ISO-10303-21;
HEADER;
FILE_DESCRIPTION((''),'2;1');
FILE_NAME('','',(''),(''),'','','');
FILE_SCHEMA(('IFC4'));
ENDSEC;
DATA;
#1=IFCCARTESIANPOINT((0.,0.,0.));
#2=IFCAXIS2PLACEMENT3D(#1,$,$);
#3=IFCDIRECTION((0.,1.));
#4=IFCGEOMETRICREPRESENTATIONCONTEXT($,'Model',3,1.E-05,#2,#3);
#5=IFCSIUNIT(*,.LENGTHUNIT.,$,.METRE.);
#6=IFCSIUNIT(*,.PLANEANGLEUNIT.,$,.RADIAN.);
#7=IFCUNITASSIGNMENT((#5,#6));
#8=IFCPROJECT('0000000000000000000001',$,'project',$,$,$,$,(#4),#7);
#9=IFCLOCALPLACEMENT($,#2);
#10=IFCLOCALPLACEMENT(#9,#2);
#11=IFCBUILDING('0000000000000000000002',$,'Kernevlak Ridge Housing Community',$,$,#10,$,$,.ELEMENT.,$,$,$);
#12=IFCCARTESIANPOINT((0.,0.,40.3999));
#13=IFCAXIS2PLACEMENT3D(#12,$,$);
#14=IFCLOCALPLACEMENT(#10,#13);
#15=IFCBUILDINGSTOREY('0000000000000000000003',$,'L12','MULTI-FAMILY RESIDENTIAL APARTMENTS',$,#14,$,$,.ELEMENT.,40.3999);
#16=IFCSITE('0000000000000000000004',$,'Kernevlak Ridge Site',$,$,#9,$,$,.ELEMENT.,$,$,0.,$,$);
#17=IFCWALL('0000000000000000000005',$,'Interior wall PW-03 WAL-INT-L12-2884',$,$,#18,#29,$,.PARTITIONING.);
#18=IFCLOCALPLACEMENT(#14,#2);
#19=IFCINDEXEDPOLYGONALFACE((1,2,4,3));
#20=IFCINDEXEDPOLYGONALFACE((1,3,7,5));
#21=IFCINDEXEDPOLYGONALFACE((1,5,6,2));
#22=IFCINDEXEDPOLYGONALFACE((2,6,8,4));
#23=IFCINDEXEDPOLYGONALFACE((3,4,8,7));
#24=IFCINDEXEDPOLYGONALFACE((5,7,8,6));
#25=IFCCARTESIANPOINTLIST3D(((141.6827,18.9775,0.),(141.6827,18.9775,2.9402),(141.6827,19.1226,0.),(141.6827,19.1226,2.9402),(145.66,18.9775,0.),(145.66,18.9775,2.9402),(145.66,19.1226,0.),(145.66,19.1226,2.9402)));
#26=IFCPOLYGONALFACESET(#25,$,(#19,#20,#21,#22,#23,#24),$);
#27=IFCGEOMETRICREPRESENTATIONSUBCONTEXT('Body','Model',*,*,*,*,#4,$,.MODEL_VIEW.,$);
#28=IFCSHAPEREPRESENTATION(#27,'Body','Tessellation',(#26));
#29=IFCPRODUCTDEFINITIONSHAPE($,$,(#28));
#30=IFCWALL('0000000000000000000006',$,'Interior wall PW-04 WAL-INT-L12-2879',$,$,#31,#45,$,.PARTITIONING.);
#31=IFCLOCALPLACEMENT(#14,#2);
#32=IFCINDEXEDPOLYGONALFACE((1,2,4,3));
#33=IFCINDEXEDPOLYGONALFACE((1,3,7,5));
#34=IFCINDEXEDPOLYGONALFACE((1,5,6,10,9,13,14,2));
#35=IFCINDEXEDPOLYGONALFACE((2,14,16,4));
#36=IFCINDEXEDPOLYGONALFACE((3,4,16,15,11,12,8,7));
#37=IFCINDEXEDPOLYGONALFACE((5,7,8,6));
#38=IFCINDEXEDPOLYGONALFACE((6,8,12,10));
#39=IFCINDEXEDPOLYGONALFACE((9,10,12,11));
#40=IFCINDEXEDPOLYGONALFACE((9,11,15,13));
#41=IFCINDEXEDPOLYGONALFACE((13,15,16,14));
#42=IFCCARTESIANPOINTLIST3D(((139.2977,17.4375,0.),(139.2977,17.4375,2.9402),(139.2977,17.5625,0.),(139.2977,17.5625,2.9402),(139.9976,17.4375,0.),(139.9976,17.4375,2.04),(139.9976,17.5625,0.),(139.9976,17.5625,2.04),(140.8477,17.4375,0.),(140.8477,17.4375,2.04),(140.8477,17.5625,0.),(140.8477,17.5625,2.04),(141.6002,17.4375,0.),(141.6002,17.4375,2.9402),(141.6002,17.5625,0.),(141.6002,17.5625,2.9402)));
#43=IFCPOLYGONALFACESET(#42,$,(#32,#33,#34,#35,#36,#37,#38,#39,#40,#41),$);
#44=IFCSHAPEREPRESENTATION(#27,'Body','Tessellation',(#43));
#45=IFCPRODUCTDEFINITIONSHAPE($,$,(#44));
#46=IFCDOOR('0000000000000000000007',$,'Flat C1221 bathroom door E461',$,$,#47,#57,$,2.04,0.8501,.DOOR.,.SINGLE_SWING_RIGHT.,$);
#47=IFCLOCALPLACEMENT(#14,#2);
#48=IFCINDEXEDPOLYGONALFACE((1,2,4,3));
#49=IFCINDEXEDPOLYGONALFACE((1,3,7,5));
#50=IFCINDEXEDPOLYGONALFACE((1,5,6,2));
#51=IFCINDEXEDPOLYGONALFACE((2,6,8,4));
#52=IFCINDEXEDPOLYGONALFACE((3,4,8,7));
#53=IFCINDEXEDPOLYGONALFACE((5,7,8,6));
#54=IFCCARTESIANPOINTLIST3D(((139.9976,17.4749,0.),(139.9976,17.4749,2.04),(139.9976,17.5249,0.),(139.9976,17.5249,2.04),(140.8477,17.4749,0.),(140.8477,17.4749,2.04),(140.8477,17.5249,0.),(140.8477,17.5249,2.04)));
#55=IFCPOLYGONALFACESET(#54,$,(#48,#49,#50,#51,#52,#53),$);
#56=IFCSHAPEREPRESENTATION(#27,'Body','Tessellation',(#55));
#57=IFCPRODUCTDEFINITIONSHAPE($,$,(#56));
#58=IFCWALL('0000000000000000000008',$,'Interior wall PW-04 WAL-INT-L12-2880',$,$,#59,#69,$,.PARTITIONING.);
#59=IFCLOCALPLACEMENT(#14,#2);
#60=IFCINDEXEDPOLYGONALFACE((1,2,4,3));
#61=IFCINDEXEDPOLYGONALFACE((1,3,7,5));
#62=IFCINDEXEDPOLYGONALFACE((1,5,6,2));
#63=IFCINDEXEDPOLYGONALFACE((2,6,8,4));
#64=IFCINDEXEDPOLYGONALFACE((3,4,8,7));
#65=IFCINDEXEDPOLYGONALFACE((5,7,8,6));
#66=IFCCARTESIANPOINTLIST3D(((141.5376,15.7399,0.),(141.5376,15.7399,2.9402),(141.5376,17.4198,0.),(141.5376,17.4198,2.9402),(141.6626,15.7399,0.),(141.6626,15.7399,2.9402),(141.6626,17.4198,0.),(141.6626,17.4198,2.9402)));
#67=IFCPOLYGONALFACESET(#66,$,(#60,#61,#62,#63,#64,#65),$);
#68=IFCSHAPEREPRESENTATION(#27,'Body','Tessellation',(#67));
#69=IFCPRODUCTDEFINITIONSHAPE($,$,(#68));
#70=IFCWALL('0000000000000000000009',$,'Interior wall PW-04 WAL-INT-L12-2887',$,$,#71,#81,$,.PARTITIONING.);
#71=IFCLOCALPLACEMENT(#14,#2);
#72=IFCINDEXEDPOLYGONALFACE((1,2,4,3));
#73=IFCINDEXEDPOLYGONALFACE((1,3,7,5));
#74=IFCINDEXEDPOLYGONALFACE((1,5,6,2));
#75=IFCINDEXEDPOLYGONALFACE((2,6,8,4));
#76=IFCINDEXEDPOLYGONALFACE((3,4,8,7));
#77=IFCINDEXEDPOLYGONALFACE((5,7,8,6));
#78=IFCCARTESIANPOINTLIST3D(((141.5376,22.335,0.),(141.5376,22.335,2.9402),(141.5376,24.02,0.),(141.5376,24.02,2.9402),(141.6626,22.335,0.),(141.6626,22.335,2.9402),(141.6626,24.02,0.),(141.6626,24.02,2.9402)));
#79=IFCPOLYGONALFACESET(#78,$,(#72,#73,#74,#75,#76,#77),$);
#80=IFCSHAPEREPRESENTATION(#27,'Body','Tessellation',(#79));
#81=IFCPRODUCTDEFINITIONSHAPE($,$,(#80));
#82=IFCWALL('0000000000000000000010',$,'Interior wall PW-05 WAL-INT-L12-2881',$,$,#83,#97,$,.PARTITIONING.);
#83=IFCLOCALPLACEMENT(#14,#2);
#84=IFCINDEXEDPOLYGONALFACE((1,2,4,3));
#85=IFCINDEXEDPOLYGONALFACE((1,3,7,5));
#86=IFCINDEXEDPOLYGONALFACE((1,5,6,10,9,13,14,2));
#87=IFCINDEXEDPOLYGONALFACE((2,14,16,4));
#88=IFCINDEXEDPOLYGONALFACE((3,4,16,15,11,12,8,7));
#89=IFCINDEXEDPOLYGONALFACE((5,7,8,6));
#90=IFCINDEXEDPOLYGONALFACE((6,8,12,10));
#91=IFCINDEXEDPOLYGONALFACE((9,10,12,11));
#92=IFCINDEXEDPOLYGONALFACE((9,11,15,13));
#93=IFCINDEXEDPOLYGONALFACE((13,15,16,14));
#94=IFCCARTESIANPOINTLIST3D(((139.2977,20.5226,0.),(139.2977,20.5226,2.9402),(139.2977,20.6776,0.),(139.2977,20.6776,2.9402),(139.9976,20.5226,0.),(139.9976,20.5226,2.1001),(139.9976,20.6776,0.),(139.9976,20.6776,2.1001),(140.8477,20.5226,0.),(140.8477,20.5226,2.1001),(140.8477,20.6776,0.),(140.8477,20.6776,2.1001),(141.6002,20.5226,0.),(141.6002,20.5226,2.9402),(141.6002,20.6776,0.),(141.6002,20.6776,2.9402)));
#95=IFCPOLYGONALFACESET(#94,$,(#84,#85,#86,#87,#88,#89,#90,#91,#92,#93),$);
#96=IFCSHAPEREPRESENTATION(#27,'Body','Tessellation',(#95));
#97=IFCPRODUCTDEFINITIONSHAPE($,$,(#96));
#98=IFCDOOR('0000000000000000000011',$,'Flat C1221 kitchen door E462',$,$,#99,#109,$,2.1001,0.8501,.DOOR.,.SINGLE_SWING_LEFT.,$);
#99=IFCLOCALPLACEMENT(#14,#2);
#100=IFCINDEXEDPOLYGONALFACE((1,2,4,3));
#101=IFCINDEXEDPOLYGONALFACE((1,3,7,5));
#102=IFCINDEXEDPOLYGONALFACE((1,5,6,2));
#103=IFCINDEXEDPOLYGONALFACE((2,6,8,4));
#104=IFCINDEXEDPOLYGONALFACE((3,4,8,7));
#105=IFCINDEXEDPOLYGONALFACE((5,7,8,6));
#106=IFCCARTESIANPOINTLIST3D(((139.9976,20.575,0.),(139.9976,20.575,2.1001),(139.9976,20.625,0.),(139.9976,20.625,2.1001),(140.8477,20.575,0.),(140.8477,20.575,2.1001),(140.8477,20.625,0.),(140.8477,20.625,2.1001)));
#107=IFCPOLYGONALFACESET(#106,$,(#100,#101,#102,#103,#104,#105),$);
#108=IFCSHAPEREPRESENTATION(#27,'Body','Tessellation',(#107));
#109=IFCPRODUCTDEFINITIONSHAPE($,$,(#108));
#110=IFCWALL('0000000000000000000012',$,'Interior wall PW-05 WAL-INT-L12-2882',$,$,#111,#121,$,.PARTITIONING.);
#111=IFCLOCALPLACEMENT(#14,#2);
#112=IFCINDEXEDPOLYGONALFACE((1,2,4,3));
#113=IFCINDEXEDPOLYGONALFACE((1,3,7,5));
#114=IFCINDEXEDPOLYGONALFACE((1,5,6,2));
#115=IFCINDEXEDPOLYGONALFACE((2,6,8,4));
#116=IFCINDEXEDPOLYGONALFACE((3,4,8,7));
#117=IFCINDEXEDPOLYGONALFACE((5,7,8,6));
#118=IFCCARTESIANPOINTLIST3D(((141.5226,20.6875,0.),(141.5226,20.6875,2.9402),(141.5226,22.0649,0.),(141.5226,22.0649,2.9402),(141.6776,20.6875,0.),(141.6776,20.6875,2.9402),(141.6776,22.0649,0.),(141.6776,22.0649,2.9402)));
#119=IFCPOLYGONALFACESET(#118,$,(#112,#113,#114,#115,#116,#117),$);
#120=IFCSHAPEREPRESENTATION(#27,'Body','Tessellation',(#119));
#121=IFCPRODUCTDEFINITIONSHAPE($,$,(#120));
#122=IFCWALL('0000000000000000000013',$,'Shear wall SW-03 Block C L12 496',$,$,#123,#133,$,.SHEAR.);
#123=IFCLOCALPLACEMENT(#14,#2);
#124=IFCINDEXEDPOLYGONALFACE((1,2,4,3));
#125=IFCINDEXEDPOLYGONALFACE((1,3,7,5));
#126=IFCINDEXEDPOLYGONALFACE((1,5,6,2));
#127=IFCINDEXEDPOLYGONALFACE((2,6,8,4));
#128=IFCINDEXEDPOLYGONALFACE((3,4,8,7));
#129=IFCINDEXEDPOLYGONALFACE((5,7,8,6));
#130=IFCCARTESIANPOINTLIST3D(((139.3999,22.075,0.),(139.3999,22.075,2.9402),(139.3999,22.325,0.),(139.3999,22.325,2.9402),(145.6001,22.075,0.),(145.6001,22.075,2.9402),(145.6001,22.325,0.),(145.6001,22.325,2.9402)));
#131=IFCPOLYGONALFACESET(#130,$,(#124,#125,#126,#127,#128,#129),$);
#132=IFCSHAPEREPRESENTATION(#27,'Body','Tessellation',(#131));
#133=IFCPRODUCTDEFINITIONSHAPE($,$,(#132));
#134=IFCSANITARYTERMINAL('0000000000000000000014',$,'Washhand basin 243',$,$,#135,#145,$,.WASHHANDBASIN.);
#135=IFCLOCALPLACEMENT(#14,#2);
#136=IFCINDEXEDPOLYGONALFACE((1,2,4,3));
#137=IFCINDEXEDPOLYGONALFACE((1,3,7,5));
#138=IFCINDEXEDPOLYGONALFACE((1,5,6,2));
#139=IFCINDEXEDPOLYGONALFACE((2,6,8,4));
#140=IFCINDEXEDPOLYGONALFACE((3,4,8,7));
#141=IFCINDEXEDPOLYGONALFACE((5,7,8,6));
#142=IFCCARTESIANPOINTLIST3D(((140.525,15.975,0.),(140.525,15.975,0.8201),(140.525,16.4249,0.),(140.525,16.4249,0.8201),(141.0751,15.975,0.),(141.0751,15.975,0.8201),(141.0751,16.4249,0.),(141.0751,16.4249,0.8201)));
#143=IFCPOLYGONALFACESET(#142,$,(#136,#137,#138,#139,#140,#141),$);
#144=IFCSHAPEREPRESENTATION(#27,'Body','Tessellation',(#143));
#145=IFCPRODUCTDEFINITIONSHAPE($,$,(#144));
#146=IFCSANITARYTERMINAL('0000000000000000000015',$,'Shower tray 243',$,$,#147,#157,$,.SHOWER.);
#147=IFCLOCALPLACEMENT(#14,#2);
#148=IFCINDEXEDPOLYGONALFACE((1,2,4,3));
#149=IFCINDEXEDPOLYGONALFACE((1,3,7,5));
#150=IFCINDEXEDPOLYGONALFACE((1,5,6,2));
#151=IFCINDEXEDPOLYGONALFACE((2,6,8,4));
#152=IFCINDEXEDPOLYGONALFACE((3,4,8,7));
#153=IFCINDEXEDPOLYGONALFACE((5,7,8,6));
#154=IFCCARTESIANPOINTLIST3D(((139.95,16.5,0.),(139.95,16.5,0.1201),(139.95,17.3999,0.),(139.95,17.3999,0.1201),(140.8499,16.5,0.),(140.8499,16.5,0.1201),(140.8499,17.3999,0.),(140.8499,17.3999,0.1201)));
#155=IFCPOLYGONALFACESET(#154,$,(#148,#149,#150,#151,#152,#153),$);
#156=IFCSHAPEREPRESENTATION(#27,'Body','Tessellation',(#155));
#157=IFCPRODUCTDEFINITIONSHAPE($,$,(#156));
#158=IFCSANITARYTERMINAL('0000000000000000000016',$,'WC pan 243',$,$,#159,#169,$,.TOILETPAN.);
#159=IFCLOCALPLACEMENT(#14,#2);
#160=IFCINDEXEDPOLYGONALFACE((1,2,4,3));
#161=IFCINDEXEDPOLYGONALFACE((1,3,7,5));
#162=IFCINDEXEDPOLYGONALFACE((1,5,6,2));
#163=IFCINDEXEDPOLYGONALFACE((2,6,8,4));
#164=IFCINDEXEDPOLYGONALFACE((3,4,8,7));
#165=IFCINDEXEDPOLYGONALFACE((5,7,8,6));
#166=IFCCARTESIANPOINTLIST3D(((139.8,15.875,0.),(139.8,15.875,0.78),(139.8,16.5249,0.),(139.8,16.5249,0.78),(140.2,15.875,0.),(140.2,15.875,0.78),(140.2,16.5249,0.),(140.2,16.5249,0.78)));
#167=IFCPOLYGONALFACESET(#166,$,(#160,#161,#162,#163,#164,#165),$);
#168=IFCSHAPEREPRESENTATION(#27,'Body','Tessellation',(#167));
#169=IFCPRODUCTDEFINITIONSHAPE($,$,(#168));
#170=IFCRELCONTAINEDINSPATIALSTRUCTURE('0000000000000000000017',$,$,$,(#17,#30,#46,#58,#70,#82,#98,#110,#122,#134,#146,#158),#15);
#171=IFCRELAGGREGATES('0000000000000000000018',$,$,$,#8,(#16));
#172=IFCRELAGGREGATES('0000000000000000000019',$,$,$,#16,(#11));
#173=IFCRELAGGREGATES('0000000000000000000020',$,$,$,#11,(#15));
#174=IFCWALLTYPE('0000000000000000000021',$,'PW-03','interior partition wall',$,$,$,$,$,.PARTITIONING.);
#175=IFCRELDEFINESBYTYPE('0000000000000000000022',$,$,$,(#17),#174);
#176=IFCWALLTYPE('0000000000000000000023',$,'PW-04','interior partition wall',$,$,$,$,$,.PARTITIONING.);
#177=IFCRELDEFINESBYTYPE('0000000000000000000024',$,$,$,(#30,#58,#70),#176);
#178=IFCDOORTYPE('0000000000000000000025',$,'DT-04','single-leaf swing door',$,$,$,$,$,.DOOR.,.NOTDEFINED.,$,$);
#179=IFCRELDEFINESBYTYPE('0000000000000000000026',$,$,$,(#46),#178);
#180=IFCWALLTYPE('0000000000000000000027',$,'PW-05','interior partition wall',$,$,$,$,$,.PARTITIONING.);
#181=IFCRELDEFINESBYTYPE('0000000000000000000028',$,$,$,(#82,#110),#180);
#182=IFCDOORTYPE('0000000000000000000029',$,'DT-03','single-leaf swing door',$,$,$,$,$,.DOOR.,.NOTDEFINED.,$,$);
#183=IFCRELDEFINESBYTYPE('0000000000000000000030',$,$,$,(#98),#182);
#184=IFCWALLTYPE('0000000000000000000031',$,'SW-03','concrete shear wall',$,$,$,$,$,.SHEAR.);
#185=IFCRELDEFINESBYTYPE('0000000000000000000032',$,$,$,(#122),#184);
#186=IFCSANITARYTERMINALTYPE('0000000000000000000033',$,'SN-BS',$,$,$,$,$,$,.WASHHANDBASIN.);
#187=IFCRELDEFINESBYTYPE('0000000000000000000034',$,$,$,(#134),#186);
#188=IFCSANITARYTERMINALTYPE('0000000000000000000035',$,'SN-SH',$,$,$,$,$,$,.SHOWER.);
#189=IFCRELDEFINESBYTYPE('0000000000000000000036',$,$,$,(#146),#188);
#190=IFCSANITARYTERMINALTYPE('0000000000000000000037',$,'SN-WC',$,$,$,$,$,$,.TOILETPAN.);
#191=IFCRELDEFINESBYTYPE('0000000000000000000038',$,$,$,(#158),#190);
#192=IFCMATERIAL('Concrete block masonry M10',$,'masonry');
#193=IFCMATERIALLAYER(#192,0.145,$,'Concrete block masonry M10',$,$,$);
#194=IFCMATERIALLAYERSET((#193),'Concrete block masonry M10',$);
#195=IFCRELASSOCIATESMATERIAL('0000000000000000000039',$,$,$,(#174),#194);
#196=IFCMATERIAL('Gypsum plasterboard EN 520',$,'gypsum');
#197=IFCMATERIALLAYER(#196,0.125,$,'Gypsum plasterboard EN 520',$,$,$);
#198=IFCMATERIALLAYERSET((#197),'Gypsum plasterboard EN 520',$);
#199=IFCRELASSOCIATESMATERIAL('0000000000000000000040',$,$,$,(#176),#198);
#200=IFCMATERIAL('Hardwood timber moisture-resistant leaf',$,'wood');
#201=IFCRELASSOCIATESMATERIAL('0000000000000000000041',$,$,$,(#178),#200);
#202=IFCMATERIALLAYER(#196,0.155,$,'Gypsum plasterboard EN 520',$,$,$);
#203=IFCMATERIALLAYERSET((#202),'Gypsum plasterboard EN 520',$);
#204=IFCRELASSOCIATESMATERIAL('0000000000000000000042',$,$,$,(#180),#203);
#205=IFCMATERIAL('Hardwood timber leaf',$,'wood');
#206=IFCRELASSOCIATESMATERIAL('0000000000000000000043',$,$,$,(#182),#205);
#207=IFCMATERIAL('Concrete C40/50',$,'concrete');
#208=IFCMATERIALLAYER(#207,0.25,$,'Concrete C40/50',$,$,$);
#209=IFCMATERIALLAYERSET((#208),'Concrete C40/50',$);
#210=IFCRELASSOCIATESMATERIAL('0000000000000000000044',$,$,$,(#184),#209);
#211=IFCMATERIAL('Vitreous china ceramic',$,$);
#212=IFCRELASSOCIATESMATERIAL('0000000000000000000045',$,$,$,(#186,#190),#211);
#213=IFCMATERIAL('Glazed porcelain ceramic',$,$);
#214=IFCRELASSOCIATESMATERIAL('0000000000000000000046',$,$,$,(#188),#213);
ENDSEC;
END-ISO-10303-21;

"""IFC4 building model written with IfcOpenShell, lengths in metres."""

from ifc_helpers import new_model, si_unit, direction, frame, frame_2d, origin, origin_2d, place, context, subcontext, project, spatial, rectangle, extrude, material, layer, layer_set, type_object, element, fill, save


model = new_model("IFC4")

# Units and contexts
model_context = context("Model", 3, precision=1e-05, world=origin(), true_north=direction((0.0, 1.0)))
body_context = subcontext(model_context, "Body", "Model", "MODEL_VIEW")
ifc_project = project(units=[si_unit("LENGTHUNIT", "METRE"), si_unit("PLANEANGLEUNIT", "RADIAN")], contexts=[model_context])

# Site, building, storey
site_placement = place(None, origin())
site = spatial("IfcSite", under=ifc_project, at=site_placement, Name="Kernevlak Ridge Site", CompositionType="ELEMENT", RefElevation=0.0)
building_placement = place(site_placement, origin())
building = spatial("IfcBuilding", under=site, at=building_placement, Name="Kernevlak Ridge Housing Community", CompositionType="ELEMENT")
storey_placement = place(building_placement, frame((0.0, 0.0, 40.3999)))
storey = spatial("IfcBuildingStorey", under=building, at=storey_placement, Name="L12", Description="MULTI-FAMILY RESIDENTIAL APARTMENTS", CompositionType="ELEMENT", Elevation=40.3999)

# Shared definitions
ifc_material_1 = material(Name="Concrete block masonry M10", Category="masonry")

# Shared definitions
ifc_layer_1 = layer(ifc_material_1, 0.145, Name="Concrete block masonry M10")
ifc_layer_set_1 = layer_set([ifc_layer_1], Name="Concrete block masonry M10")
wall_type_1 = type_object("IfcWallType", Name="PW-03", Description="interior partition wall", PredefinedType="PARTITIONING", material=ifc_layer_set_1)
ifc_material_2 = material(Name="Hardwood timber leaf", Category="wood")

# Wall
wall_1_placement = place(storey_placement, frame((141.6826, 19.05, 0.0), z_axis=(0.0, 0.0, 1.0), x_axis=(1.0, 0.0, 0.0)))
element("IfcWall", 1, at=wall_1_placement, inside=storey, type_object=wall_type_1, Name="Interior wall PW-03 WAL-INT-L12-2884", PredefinedType="PARTITIONING", context=body_context, shape_type="SweptSolid", body=[
    extrude(rectangle(XDim=3.9773, YDim=0.145, at=frame_2d((1.9888, 0.0))), origin(), (0.0, 0.0, 1.0), 2.9402),
])

# Wall, opening, door
ifc_material_3 = material(Name="Gypsum plasterboard EN 520", Category="gypsum")
ifc_layer_2 = layer(ifc_material_3, 0.125, Name="Gypsum plasterboard EN 520")
ifc_layer_set_2 = layer_set([ifc_layer_2], Name="Gypsum plasterboard EN 520")
wall_type_2 = type_object("IfcWallType", Name="PW-04", Description="interior partition wall", PredefinedType="PARTITIONING", material=ifc_layer_set_2)
wall_2_placement = place(storey_placement, frame((139.2976, 17.5, 0.0), z_axis=(0.0, 0.0, 1.0), x_axis=(1.0, 0.0, 0.0)))
wall_2 = element("IfcWall", 2, at=wall_2_placement, inside=storey, type_object=wall_type_2, Name="Interior wall PW-04 WAL-INT-L12-2879", PredefinedType="PARTITIONING", context=body_context, shape_type="SweptSolid", body=[
    extrude(rectangle(XDim=2.3025, YDim=0.125, at=frame_2d((1.1514, 0.0))), origin(), (0.0, 0.0, 1.0), 2.9402),
])
opening_1_placement = place(wall_2_placement, frame((0.7, 0.0, 0.0)))
opening_1 = element("IfcOpeningElement", 3, at=opening_1_placement, cuts=wall_2, PredefinedType="OPENING", context=body_context, shape_type="SweptSolid", body=[
    extrude(rectangle(XDim=0.8501, YDim=2.04, at=frame_2d((0.425, 1.02))), frame((0.0, 0.0725, 0.0), z_axis=(0.0, -1.0, 0.0), x_axis=(1.0, 0.0, 0.0)), (0.0, 0.0, 1.0), 0.145),
])
ifc_material_4 = material(Name="Hardwood timber moisture-resistant leaf", Category="wood")
door_type_1 = type_object("IfcDoorType", Name="DT-04", Description="single-leaf swing door", OperationType="NOTDEFINED", PredefinedType="DOOR", material=ifc_material_4)
door_1_placement = place(opening_1_placement, origin())
door_1 = element("IfcDoor", 4, at=door_1_placement, inside=storey, type_object=door_type_1, Name="Flat C1221 bathroom door E461", OperationType="SINGLE_SWING_RIGHT", OverallHeight=2.04, OverallWidth=0.8501, PredefinedType="DOOR", context=body_context, shape_type="SweptSolid", body=[
    extrude(rectangle(XDim=0.8501, YDim=2.04, at=frame_2d((0.425, 1.02))), frame((0.0, 0.0249, 0.0), z_axis=(0.0, -1.0, 0.0), x_axis=(1.0, 0.0, 0.0)), (0.0, 0.0, 1.0), 0.05),
])
fill(opening_1, door_1)

# Walls
wall_3_placement = place(storey_placement, frame((141.6001, 15.74, 0.0), z_axis=(0.0, 0.0, 1.0), x_axis=(0.0, 1.0, 0.0)))
element("IfcWall", 5, at=wall_3_placement, inside=storey, type_object=wall_type_2, Name="Interior wall PW-04 WAL-INT-L12-2880", PredefinedType="PARTITIONING", context=body_context, shape_type="SweptSolid", body=[
    extrude(rectangle(XDim=1.6799, YDim=0.125, at=frame_2d((0.8398, 0.0))), origin(), (0.0, 0.0, 1.0), 2.9402),
])
wall_4_placement = place(storey_placement, frame((141.6001, 22.335, 0.0), z_axis=(0.0, 0.0, 1.0), x_axis=(0.0, 1.0, 0.0)))
element("IfcWall", 6, at=wall_4_placement, inside=storey, type_object=wall_type_2, Name="Interior wall PW-04 WAL-INT-L12-2887", PredefinedType="PARTITIONING", context=body_context, shape_type="SweptSolid", body=[
    extrude(rectangle(XDim=1.6851, YDim=0.125, at=frame_2d((0.8425, 0.0))), origin(), (0.0, 0.0, 1.0), 2.9402),
])

# Wall, opening, door
ifc_layer_3 = layer(ifc_material_3, 0.155, Name="Gypsum plasterboard EN 520")
ifc_layer_set_3 = layer_set([ifc_layer_3], Name="Gypsum plasterboard EN 520")
wall_type_3 = type_object("IfcWallType", Name="PW-05", Description="interior partition wall", PredefinedType="PARTITIONING", material=ifc_layer_set_3)
wall_5_placement = place(storey_placement, frame((139.2976, 20.6001, 0.0), z_axis=(0.0, 0.0, 1.0), x_axis=(1.0, 0.0, 0.0)))
wall_5 = element("IfcWall", 7, at=wall_5_placement, inside=storey, type_object=wall_type_3, Name="Interior wall PW-05 WAL-INT-L12-2881", PredefinedType="PARTITIONING", context=body_context, shape_type="SweptSolid", body=[
    extrude(rectangle(XDim=2.3025, YDim=0.155, at=frame_2d((1.1514, 0.0))), origin(), (0.0, 0.0, 1.0), 2.9402),
])
opening_2_placement = place(wall_5_placement, frame((0.7, 0.0, 0.0)))
opening_2 = element("IfcOpeningElement", 8, at=opening_2_placement, cuts=wall_5, PredefinedType="OPENING", context=body_context, shape_type="SweptSolid", body=[
    extrude(rectangle(XDim=0.8501, YDim=2.1001, at=frame_2d((0.425, 1.05))), frame((0.0, 0.0874, 0.0), z_axis=(0.0, -1.0, 0.0), x_axis=(1.0, 0.0, 0.0)), (0.0, 0.0, 1.0), 0.175),
])
door_type_2 = type_object("IfcDoorType", Name="DT-03", Description="single-leaf swing door", OperationType="NOTDEFINED", PredefinedType="DOOR", material=ifc_material_2)
door_2_placement = place(opening_2_placement, origin())
door_2 = element("IfcDoor", 9, at=door_2_placement, inside=storey, type_object=door_type_2, Name="Flat C1221 kitchen door E462", OperationType="SINGLE_SWING_LEFT", OverallHeight=2.1001, OverallWidth=0.8501, PredefinedType="DOOR", context=body_context, shape_type="SweptSolid", body=[
    extrude(rectangle(XDim=0.8501, YDim=2.1001, at=frame_2d((0.425, 1.05))), frame((0.0, 0.0249, 0.0), z_axis=(0.0, -1.0, 0.0), x_axis=(1.0, 0.0, 0.0)), (0.0, 0.0, 1.0), 0.05),
])
fill(opening_2, door_2)

# Walls
wall_6_placement = place(storey_placement, frame((141.6001, 20.6875, 0.0), z_axis=(0.0, 0.0, 1.0), x_axis=(0.0, 1.0, 0.0)))
element("IfcWall", 10, at=wall_6_placement, inside=storey, type_object=wall_type_3, Name="Interior wall PW-05 WAL-INT-L12-2882", PredefinedType="PARTITIONING", context=body_context, shape_type="SweptSolid", body=[
    extrude(rectangle(XDim=1.3774, YDim=0.155, at=frame_2d((0.6887, 0.0))), origin(), (0.0, 0.0, 1.0), 2.9402),
])
ifc_material_5 = material(Name="Concrete C40/50", Category="concrete")
ifc_layer_4 = layer(ifc_material_5, 0.25, Name="Concrete C40/50")
ifc_layer_set_4 = layer_set([ifc_layer_4], Name="Concrete C40/50")
wall_type_4 = type_object("IfcWallType", Name="SW-03", Description="concrete shear wall", PredefinedType="SHEAR", material=ifc_layer_set_4)
wall_7_placement = place(storey_placement, frame((139.3999, 22.2, 0.0), z_axis=(0.0, 0.0, 1.0), x_axis=(1.0, 0.0, 0.0)))
element("IfcWall", 11, at=wall_7_placement, inside=storey, type_object=wall_type_4, Name="Shear wall SW-03 Block C L12 496", PredefinedType="SHEAR", context=body_context, shape_type="SweptSolid", body=[
    extrude(rectangle(XDim=6.2002, YDim=0.25, at=frame_2d((3.1001, 0.0))), origin(), (0.0, 0.0, 1.0), 2.9402),
])

# Sanitary terminals
ifc_material_6 = material(Name="Vitreous china ceramic")
sanitary_terminal_type_1 = type_object("IfcSanitaryTerminalType", Name="SN-BS", PredefinedType="WASHHANDBASIN", material=ifc_material_6)
sanitary_terminal_1_placement = place(storey_placement, frame((140.8, 16.2, 0.0), z_axis=(0.0, 0.0, 1.0), x_axis=(1.0, 0.0, 0.0)))
element("IfcSanitaryTerminal", 12, at=sanitary_terminal_1_placement, inside=storey, type_object=sanitary_terminal_type_1, Name="Washhand basin 243", PredefinedType="WASHHANDBASIN", context=body_context, shape_type="SweptSolid", body=[
    extrude(rectangle(XDim=0.55, YDim=0.45, at=origin_2d()), origin(), (0.0, 0.0, 1.0), 0.8201),
])
ifc_material_7 = material(Name="Glazed porcelain ceramic")
sanitary_terminal_type_2 = type_object("IfcSanitaryTerminalType", Name="SN-SH", PredefinedType="SHOWER", material=ifc_material_7)
sanitary_terminal_2_placement = place(storey_placement, frame((140.3999, 16.95, 0.0), z_axis=(0.0, 0.0, 1.0), x_axis=(1.0, 0.0, 0.0)))
element("IfcSanitaryTerminal", 13, at=sanitary_terminal_2_placement, inside=storey, type_object=sanitary_terminal_type_2, Name="Shower tray 243", PredefinedType="SHOWER", context=body_context, shape_type="SweptSolid", body=[
    extrude(rectangle(XDim=0.8999, YDim=0.8999, at=origin_2d()), origin(), (0.0, 0.0, 1.0), 0.1201),
])
sanitary_terminal_type_3 = type_object("IfcSanitaryTerminalType", Name="SN-WC", PredefinedType="TOILETPAN", material=ifc_material_6)
sanitary_terminal_3_placement = place(storey_placement, frame((140.0, 16.2, 0.0), z_axis=(0.0, 0.0, 1.0), x_axis=(1.0, 0.0, 0.0)))
element("IfcSanitaryTerminal", 14, at=sanitary_terminal_3_placement, inside=storey, type_object=sanitary_terminal_type_3, Name="WC pan 243", PredefinedType="TOILETPAN", context=body_context, shape_type="SweptSolid", body=[
    extrude(rectangle(XDim=0.3999, YDim=0.6499, at=origin_2d()), origin(), (0.0, 0.0, 1.0), 0.78),
])

save(model, "model.ifc")
